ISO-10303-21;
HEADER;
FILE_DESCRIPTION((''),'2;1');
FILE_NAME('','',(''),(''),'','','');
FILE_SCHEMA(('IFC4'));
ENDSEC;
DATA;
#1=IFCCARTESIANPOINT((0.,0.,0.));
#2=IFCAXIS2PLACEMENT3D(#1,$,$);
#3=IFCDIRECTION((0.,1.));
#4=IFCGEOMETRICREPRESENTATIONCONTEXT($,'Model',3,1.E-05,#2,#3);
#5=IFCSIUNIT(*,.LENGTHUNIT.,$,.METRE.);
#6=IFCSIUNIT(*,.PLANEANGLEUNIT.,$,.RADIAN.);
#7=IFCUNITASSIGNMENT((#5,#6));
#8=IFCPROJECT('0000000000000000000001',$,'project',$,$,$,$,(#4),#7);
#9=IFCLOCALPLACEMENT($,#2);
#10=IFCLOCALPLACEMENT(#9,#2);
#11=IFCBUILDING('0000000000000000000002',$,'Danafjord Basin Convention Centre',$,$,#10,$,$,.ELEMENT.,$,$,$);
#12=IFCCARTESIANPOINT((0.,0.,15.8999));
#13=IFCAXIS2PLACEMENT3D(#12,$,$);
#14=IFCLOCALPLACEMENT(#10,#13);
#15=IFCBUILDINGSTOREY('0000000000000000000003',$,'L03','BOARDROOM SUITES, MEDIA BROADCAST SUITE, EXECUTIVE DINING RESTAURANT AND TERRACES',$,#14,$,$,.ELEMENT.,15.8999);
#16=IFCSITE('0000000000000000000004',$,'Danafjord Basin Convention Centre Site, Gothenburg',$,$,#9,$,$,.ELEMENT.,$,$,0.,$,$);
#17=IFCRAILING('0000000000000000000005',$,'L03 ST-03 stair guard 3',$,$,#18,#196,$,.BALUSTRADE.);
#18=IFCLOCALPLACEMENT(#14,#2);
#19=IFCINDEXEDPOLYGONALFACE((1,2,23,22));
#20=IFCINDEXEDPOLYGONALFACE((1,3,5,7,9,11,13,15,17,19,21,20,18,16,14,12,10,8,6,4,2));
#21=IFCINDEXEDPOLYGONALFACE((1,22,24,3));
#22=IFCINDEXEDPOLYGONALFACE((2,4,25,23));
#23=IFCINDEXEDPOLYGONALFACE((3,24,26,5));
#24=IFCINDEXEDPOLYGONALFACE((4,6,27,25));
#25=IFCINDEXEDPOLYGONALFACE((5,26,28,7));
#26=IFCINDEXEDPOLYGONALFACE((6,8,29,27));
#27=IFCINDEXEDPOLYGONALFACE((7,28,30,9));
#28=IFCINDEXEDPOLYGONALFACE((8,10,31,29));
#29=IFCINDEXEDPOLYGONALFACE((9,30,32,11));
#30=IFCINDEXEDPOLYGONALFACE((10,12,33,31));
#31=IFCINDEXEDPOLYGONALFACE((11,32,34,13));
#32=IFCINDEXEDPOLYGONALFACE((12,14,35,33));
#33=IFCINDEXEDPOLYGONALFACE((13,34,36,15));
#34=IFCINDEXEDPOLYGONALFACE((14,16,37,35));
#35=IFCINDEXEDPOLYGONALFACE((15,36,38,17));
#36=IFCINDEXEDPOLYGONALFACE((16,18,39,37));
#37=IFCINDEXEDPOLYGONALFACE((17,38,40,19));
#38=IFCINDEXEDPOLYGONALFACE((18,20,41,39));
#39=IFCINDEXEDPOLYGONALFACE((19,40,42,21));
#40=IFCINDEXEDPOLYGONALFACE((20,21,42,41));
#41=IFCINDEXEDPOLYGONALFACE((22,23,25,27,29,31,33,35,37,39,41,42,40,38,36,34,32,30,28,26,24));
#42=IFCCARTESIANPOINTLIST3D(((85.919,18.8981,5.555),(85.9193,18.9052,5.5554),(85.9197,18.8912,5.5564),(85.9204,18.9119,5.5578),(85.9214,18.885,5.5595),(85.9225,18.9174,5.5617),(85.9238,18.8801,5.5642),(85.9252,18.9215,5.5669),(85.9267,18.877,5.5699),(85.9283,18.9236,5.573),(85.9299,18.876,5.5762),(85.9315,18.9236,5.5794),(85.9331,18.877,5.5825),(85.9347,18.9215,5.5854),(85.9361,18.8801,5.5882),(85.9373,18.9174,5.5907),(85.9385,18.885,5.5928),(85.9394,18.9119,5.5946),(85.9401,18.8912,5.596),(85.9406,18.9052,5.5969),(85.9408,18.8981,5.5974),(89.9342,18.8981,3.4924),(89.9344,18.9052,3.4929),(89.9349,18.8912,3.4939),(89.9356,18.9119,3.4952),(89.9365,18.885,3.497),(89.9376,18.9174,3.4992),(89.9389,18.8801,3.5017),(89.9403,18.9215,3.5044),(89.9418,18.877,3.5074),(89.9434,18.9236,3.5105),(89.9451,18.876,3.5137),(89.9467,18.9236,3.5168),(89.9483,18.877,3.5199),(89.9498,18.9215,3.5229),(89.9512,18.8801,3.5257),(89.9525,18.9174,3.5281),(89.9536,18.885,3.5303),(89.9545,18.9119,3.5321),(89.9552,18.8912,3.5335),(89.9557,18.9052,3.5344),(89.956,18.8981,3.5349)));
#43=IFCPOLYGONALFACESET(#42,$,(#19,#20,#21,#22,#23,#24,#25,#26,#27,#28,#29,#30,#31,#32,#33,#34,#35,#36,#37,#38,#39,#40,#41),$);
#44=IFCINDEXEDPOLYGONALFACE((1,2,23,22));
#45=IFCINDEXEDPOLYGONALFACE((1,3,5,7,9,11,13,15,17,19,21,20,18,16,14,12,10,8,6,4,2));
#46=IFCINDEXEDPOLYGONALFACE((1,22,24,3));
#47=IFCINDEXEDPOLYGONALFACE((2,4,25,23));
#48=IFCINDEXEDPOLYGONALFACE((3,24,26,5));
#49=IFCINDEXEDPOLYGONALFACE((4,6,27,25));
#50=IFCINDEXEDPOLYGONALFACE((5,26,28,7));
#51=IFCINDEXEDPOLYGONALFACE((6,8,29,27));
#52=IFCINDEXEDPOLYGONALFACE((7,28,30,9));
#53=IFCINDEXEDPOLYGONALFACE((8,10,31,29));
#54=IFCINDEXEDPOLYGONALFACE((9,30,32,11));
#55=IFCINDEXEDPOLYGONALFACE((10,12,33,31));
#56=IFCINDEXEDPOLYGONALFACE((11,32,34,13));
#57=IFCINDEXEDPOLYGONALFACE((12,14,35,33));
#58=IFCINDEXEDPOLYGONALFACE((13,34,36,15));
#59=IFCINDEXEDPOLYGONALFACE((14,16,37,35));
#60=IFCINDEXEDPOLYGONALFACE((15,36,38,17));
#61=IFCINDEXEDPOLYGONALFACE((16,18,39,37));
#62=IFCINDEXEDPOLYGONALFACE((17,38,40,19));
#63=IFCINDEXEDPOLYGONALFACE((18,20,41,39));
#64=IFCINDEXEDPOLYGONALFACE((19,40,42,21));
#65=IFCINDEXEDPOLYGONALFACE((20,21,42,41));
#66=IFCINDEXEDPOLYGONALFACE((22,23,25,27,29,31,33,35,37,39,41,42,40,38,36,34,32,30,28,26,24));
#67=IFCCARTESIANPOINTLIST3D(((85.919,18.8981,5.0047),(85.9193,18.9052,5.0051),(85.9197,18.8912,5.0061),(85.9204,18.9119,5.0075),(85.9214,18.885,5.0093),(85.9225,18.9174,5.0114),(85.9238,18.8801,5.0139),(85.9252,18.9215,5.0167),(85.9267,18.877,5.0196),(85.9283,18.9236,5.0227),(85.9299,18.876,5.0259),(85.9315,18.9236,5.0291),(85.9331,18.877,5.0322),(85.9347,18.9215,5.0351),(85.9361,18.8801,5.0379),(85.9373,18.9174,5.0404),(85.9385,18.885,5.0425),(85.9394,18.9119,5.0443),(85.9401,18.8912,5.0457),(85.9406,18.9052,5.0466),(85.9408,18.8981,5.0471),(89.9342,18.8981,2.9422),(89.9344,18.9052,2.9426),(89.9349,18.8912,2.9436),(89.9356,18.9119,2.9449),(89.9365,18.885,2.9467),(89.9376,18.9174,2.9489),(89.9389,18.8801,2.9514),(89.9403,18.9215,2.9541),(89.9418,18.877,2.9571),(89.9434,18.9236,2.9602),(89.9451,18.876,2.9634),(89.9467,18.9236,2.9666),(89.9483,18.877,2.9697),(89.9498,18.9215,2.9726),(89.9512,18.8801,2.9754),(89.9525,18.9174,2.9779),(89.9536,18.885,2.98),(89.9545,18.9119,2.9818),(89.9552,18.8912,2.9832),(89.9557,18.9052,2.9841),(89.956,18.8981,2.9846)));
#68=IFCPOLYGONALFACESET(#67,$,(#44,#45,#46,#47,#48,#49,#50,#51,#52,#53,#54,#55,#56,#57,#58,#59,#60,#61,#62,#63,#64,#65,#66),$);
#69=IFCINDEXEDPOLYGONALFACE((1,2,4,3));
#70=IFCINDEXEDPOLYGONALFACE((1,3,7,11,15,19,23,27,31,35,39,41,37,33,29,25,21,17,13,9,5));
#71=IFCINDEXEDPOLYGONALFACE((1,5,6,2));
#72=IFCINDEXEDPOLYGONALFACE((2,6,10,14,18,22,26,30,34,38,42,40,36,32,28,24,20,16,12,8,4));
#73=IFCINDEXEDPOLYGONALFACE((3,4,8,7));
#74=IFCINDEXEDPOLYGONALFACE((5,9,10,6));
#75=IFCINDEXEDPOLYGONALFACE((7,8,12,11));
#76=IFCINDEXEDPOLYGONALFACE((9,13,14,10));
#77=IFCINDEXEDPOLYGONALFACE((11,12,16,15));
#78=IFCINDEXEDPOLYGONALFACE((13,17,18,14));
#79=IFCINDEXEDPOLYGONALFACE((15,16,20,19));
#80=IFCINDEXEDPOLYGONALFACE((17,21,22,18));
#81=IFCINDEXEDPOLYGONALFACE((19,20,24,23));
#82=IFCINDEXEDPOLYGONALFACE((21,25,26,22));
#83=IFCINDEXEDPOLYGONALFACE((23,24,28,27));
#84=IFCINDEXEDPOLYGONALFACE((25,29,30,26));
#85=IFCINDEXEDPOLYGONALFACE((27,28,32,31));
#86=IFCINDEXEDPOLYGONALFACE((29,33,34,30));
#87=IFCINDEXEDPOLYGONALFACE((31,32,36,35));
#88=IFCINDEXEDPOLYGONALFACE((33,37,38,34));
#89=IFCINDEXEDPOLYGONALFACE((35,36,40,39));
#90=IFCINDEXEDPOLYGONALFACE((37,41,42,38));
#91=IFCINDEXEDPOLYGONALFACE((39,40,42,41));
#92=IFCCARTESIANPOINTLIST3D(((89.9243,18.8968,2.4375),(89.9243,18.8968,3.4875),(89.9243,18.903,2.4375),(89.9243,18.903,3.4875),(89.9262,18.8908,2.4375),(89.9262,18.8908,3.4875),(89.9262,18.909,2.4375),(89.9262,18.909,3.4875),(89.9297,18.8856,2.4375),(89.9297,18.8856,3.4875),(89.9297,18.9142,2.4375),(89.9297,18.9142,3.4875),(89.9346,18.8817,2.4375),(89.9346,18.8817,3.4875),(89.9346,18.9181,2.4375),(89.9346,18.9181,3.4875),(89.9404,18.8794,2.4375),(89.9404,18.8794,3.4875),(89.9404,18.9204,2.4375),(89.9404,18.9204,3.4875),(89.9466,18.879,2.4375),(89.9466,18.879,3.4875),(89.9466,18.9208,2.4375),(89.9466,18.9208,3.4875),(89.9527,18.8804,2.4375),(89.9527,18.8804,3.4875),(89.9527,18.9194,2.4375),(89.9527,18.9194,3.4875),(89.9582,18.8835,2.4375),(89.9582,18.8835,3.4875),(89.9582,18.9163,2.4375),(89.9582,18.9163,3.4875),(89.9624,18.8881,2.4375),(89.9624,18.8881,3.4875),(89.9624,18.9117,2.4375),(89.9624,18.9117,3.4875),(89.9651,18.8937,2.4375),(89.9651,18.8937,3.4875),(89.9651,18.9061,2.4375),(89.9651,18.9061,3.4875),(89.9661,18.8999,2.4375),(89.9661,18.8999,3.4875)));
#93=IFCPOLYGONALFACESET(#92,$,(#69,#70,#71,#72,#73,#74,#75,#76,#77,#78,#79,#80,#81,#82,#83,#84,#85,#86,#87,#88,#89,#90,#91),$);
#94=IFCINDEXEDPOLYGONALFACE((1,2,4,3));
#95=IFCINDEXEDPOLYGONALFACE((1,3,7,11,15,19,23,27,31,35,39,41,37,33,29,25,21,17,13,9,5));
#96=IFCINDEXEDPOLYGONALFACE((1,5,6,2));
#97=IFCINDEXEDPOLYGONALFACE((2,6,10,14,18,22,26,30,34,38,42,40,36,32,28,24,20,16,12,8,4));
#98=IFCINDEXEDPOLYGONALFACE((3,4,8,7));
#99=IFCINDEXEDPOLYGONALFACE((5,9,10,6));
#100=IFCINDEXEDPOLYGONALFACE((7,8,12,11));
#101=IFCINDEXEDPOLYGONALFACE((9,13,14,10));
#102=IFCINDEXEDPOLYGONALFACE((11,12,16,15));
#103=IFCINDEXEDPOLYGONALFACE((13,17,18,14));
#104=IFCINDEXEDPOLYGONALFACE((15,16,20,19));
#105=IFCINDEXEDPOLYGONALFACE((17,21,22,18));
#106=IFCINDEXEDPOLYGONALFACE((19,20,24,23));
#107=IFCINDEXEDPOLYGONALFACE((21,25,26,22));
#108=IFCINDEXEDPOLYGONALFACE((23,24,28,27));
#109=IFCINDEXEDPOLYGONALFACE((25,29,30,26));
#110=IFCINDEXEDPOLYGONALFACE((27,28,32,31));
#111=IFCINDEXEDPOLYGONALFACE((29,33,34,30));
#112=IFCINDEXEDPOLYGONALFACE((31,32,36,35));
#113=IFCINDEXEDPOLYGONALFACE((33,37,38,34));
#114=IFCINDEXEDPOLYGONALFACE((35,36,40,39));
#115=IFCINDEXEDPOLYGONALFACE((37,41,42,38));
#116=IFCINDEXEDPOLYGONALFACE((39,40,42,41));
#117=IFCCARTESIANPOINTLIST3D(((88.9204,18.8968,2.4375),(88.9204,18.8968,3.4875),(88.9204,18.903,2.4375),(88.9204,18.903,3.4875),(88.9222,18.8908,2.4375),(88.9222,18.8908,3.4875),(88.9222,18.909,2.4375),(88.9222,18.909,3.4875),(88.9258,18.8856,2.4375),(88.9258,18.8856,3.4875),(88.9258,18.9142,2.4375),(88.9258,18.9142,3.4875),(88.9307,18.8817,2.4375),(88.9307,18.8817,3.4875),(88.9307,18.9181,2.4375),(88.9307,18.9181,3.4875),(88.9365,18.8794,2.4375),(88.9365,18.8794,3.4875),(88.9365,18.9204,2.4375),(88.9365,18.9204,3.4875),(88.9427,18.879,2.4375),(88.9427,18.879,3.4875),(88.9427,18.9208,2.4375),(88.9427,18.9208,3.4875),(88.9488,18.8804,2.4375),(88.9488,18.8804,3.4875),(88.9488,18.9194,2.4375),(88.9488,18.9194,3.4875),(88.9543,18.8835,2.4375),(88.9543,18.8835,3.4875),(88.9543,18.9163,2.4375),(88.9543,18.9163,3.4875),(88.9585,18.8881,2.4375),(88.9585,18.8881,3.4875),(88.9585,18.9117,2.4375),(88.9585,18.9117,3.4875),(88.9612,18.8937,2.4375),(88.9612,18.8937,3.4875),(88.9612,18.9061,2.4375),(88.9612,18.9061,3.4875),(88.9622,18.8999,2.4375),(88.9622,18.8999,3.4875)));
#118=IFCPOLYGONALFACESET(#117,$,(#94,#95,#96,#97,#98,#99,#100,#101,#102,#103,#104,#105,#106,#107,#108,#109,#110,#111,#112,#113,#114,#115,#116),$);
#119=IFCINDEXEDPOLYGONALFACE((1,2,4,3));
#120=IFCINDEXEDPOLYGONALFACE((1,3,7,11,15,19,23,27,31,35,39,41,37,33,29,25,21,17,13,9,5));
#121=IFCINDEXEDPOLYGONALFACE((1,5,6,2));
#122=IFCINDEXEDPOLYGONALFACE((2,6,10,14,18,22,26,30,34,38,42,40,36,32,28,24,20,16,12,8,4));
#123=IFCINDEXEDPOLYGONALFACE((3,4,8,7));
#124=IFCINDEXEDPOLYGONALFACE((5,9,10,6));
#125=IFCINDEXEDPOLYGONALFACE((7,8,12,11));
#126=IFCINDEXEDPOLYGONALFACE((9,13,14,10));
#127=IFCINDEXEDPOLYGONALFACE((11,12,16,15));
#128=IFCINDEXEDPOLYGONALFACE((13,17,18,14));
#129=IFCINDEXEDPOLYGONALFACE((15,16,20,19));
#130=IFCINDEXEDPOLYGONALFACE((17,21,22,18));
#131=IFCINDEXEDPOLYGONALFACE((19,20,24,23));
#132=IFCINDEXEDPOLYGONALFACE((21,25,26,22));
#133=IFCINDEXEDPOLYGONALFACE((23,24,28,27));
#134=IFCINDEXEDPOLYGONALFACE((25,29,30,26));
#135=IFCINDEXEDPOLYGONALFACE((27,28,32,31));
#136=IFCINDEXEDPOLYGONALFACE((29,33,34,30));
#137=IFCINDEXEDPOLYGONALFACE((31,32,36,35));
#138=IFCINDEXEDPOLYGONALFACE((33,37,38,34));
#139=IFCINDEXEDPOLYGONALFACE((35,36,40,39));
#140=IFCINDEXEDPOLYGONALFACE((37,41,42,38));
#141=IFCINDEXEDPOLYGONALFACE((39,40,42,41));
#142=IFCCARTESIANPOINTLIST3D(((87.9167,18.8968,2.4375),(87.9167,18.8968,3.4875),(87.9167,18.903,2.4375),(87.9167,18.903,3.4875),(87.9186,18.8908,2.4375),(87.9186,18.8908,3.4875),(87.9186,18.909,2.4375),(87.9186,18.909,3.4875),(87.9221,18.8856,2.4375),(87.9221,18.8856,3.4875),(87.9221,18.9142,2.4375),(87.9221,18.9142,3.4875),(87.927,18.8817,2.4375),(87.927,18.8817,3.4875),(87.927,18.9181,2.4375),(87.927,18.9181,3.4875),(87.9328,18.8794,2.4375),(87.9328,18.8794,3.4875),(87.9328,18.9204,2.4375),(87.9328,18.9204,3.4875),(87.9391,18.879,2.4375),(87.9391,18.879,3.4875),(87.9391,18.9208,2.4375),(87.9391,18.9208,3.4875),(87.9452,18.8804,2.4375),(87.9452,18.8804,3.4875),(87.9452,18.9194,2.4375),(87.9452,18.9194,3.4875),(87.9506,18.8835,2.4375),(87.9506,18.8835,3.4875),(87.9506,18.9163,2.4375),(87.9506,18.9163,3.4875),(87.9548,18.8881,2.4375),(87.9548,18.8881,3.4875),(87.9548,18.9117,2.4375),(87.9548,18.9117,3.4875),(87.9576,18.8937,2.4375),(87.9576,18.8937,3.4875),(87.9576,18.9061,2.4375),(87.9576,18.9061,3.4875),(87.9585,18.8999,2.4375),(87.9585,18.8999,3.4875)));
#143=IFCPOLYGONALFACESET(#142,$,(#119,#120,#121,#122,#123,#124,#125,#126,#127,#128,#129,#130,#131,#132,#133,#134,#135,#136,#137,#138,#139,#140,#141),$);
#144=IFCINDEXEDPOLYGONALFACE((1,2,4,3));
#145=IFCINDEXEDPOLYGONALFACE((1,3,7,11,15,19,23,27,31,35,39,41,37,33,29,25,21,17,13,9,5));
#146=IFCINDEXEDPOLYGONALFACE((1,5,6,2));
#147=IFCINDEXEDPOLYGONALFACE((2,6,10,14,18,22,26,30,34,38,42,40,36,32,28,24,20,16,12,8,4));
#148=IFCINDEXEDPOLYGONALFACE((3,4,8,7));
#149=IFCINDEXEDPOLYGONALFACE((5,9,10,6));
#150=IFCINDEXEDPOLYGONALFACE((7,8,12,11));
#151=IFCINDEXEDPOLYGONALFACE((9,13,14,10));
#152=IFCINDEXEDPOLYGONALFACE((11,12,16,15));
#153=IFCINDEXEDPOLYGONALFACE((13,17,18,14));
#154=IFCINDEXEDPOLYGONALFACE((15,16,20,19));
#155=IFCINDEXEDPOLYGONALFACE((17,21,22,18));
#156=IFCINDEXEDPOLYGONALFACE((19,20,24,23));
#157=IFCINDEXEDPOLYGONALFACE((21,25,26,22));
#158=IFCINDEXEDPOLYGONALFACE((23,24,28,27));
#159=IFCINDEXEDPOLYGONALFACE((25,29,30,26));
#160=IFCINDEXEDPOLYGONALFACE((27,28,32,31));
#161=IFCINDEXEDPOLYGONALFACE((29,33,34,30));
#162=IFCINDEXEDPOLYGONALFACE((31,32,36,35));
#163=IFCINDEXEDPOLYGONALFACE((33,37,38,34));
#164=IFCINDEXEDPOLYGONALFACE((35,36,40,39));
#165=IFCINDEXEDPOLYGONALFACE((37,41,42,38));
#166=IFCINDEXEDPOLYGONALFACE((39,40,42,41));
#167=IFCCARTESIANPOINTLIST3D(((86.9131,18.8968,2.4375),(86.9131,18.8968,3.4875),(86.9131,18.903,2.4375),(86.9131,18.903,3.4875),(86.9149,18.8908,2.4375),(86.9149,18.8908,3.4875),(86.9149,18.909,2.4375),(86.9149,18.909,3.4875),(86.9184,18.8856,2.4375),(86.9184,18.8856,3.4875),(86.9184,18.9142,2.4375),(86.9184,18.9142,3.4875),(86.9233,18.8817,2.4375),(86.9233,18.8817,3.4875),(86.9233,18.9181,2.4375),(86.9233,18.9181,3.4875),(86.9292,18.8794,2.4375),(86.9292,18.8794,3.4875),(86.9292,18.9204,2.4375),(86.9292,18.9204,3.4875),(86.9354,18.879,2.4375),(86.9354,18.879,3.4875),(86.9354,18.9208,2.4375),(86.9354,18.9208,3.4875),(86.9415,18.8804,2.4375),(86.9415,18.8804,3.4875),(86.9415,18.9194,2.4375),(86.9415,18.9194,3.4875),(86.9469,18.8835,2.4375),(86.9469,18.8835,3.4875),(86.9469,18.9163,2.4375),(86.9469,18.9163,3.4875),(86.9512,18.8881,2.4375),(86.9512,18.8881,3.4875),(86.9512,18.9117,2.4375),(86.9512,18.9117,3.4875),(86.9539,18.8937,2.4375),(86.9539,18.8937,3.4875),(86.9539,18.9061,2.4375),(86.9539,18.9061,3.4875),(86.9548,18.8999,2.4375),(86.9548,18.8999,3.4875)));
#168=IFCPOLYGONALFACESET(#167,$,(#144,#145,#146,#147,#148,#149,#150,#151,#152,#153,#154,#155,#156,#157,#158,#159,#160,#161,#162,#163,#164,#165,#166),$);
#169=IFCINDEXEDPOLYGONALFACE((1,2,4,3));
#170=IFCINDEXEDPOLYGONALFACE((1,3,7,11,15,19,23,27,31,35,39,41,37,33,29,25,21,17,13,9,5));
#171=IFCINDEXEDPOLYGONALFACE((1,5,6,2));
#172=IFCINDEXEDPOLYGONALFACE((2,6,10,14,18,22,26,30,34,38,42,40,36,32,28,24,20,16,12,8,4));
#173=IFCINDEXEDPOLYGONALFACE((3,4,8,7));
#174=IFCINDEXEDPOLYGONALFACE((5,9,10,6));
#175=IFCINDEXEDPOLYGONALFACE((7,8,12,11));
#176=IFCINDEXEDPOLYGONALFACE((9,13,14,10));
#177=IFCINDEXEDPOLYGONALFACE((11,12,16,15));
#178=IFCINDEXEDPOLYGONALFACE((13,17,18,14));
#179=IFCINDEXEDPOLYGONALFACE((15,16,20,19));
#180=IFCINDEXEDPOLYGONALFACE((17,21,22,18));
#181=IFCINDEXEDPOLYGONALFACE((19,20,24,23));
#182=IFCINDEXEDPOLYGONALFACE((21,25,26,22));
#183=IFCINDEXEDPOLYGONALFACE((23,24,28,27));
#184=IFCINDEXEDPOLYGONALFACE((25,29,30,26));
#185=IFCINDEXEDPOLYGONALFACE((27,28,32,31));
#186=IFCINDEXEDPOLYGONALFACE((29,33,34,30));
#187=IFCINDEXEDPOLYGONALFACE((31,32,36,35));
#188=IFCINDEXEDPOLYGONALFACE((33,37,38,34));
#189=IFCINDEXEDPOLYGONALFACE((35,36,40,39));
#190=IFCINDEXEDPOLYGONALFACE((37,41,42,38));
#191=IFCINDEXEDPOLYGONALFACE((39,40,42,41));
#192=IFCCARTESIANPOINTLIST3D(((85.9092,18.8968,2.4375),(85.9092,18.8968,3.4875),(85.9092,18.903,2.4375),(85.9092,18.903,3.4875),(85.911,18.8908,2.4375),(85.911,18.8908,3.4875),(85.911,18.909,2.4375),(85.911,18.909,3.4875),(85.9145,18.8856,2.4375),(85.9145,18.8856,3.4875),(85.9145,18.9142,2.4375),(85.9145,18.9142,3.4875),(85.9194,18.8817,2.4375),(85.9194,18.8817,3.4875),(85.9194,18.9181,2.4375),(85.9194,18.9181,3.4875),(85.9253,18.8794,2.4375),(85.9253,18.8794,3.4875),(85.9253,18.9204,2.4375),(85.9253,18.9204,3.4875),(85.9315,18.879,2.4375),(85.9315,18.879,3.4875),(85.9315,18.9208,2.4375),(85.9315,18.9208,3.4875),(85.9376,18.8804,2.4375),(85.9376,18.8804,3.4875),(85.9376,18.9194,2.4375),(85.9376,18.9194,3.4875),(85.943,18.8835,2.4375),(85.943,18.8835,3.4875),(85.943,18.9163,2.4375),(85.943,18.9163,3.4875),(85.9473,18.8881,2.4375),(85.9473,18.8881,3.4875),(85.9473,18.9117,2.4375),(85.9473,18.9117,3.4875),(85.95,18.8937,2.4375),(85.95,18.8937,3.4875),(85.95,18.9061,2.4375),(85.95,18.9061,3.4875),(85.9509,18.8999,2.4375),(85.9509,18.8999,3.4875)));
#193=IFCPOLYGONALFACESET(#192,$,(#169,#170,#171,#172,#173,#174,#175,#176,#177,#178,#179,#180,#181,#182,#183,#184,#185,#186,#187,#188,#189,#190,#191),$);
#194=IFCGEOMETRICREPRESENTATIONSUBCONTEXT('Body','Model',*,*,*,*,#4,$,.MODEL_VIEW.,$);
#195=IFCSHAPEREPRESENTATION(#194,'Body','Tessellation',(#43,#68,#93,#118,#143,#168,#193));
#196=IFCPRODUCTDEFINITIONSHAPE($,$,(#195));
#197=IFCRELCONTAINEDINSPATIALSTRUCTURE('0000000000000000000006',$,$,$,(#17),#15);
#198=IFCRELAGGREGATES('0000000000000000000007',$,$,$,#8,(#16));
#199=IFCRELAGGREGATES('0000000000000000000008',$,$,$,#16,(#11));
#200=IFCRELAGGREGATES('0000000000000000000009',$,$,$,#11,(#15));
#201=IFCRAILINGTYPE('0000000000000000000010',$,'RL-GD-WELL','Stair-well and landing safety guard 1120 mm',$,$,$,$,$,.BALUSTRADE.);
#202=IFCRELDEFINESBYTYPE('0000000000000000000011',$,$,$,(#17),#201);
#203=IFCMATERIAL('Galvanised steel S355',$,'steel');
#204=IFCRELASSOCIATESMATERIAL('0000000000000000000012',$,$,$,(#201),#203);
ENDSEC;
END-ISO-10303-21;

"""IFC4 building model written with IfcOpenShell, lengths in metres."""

from ifc_helpers import new_model, si_unit, direction, frame, origin, origin_2d, place, context, subcontext, project, spatial, circle, extrude, material, type_object, element, save


model = new_model("IFC4")

# Units and contexts
model_context = context("Model", 3, precision=1e-05, world=origin(), true_north=direction((0.0, 1.0)))
body_context = subcontext(model_context, "Body", "Model", "MODEL_VIEW")
ifc_project = project(units=[si_unit("LENGTHUNIT", "METRE"), si_unit("PLANEANGLEUNIT", "RADIAN")], contexts=[model_context])

# Site, building, storey
site_placement = place(None, origin())
site = spatial("IfcSite", under=ifc_project, at=site_placement, Name="Danafjord Basin Convention Centre Site, Gothenburg", CompositionType="ELEMENT", RefElevation=0.0)
building_placement = place(site_placement, origin())
building = spatial("IfcBuilding", under=site, at=building_placement, Name="Danafjord Basin Convention Centre", CompositionType="ELEMENT")
storey_placement = place(building_placement, frame((0.0, 0.0, 15.8999)))
storey = spatial("IfcBuildingStorey", under=building, at=storey_placement, Name="L03", Description="BOARDROOM SUITES, MEDIA BROADCAST SUITE, EXECUTIVE DINING RESTAURANT AND TERRACES", CompositionType="ELEMENT", Elevation=15.8999)

# Railing
ifc_material_1 = material(Name="Galvanised steel S355", Category="steel")
railing_type_1 = type_object("IfcRailingType", Name="RL-GD-WELL", Description="Stair-well and landing safety guard 1120 mm", PredefinedType="BALUSTRADE", material=ifc_material_1)
railing_1_placement = place(storey_placement, frame((89.9451, 18.8999, 2.4375)))
element("IfcRailing", 1, at=railing_1_placement, inside=storey, type_object=railing_type_1, Name="L03 ST-03 stair guard 3", PredefinedType="BALUSTRADE", context=body_context, shape_type="SweptSolid", body=[
    extrude(circle(Radius=0.0239, at=origin_2d()), frame((0.0, 0.0, 1.0762), z_axis=(-0.889506, 0.0, 0.456923), x_axis=(0.0, -1.0, 0.0)), (0.0, 0.0, 1.0), 4.5139),
    extrude(circle(Radius=0.0239, at=origin_2d()), frame((0.0, 0.0, 0.5259), z_axis=(-0.889506, 0.0, 0.456923), x_axis=(0.0, -1.0, 0.0)), (0.0, 0.0, 1.0), 4.5139),
    extrude(circle(Radius=0.021, at=origin_2d()), origin(), (0.0, 0.0, 1.0), 1.05),
    extrude(circle(Radius=0.021, at=origin_2d()), frame((-1.0039, 0.0, 0.0)), (0.0, 0.0, 1.0), 1.05),
    extrude(circle(Radius=0.021, at=origin_2d()), frame((-2.0076, 0.0, 0.0)), (0.0, 0.0, 1.0), 1.05),
    extrude(circle(Radius=0.021, at=origin_2d()), frame((-3.0112, 0.0, 0.0)), (0.0, 0.0, 1.0), 1.05),
    extrude(circle(Radius=0.021, at=origin_2d()), frame((-4.0151, 0.0, 0.0)), (0.0, 0.0, 1.0), 1.05),
])

save(model, "model.ifc")
